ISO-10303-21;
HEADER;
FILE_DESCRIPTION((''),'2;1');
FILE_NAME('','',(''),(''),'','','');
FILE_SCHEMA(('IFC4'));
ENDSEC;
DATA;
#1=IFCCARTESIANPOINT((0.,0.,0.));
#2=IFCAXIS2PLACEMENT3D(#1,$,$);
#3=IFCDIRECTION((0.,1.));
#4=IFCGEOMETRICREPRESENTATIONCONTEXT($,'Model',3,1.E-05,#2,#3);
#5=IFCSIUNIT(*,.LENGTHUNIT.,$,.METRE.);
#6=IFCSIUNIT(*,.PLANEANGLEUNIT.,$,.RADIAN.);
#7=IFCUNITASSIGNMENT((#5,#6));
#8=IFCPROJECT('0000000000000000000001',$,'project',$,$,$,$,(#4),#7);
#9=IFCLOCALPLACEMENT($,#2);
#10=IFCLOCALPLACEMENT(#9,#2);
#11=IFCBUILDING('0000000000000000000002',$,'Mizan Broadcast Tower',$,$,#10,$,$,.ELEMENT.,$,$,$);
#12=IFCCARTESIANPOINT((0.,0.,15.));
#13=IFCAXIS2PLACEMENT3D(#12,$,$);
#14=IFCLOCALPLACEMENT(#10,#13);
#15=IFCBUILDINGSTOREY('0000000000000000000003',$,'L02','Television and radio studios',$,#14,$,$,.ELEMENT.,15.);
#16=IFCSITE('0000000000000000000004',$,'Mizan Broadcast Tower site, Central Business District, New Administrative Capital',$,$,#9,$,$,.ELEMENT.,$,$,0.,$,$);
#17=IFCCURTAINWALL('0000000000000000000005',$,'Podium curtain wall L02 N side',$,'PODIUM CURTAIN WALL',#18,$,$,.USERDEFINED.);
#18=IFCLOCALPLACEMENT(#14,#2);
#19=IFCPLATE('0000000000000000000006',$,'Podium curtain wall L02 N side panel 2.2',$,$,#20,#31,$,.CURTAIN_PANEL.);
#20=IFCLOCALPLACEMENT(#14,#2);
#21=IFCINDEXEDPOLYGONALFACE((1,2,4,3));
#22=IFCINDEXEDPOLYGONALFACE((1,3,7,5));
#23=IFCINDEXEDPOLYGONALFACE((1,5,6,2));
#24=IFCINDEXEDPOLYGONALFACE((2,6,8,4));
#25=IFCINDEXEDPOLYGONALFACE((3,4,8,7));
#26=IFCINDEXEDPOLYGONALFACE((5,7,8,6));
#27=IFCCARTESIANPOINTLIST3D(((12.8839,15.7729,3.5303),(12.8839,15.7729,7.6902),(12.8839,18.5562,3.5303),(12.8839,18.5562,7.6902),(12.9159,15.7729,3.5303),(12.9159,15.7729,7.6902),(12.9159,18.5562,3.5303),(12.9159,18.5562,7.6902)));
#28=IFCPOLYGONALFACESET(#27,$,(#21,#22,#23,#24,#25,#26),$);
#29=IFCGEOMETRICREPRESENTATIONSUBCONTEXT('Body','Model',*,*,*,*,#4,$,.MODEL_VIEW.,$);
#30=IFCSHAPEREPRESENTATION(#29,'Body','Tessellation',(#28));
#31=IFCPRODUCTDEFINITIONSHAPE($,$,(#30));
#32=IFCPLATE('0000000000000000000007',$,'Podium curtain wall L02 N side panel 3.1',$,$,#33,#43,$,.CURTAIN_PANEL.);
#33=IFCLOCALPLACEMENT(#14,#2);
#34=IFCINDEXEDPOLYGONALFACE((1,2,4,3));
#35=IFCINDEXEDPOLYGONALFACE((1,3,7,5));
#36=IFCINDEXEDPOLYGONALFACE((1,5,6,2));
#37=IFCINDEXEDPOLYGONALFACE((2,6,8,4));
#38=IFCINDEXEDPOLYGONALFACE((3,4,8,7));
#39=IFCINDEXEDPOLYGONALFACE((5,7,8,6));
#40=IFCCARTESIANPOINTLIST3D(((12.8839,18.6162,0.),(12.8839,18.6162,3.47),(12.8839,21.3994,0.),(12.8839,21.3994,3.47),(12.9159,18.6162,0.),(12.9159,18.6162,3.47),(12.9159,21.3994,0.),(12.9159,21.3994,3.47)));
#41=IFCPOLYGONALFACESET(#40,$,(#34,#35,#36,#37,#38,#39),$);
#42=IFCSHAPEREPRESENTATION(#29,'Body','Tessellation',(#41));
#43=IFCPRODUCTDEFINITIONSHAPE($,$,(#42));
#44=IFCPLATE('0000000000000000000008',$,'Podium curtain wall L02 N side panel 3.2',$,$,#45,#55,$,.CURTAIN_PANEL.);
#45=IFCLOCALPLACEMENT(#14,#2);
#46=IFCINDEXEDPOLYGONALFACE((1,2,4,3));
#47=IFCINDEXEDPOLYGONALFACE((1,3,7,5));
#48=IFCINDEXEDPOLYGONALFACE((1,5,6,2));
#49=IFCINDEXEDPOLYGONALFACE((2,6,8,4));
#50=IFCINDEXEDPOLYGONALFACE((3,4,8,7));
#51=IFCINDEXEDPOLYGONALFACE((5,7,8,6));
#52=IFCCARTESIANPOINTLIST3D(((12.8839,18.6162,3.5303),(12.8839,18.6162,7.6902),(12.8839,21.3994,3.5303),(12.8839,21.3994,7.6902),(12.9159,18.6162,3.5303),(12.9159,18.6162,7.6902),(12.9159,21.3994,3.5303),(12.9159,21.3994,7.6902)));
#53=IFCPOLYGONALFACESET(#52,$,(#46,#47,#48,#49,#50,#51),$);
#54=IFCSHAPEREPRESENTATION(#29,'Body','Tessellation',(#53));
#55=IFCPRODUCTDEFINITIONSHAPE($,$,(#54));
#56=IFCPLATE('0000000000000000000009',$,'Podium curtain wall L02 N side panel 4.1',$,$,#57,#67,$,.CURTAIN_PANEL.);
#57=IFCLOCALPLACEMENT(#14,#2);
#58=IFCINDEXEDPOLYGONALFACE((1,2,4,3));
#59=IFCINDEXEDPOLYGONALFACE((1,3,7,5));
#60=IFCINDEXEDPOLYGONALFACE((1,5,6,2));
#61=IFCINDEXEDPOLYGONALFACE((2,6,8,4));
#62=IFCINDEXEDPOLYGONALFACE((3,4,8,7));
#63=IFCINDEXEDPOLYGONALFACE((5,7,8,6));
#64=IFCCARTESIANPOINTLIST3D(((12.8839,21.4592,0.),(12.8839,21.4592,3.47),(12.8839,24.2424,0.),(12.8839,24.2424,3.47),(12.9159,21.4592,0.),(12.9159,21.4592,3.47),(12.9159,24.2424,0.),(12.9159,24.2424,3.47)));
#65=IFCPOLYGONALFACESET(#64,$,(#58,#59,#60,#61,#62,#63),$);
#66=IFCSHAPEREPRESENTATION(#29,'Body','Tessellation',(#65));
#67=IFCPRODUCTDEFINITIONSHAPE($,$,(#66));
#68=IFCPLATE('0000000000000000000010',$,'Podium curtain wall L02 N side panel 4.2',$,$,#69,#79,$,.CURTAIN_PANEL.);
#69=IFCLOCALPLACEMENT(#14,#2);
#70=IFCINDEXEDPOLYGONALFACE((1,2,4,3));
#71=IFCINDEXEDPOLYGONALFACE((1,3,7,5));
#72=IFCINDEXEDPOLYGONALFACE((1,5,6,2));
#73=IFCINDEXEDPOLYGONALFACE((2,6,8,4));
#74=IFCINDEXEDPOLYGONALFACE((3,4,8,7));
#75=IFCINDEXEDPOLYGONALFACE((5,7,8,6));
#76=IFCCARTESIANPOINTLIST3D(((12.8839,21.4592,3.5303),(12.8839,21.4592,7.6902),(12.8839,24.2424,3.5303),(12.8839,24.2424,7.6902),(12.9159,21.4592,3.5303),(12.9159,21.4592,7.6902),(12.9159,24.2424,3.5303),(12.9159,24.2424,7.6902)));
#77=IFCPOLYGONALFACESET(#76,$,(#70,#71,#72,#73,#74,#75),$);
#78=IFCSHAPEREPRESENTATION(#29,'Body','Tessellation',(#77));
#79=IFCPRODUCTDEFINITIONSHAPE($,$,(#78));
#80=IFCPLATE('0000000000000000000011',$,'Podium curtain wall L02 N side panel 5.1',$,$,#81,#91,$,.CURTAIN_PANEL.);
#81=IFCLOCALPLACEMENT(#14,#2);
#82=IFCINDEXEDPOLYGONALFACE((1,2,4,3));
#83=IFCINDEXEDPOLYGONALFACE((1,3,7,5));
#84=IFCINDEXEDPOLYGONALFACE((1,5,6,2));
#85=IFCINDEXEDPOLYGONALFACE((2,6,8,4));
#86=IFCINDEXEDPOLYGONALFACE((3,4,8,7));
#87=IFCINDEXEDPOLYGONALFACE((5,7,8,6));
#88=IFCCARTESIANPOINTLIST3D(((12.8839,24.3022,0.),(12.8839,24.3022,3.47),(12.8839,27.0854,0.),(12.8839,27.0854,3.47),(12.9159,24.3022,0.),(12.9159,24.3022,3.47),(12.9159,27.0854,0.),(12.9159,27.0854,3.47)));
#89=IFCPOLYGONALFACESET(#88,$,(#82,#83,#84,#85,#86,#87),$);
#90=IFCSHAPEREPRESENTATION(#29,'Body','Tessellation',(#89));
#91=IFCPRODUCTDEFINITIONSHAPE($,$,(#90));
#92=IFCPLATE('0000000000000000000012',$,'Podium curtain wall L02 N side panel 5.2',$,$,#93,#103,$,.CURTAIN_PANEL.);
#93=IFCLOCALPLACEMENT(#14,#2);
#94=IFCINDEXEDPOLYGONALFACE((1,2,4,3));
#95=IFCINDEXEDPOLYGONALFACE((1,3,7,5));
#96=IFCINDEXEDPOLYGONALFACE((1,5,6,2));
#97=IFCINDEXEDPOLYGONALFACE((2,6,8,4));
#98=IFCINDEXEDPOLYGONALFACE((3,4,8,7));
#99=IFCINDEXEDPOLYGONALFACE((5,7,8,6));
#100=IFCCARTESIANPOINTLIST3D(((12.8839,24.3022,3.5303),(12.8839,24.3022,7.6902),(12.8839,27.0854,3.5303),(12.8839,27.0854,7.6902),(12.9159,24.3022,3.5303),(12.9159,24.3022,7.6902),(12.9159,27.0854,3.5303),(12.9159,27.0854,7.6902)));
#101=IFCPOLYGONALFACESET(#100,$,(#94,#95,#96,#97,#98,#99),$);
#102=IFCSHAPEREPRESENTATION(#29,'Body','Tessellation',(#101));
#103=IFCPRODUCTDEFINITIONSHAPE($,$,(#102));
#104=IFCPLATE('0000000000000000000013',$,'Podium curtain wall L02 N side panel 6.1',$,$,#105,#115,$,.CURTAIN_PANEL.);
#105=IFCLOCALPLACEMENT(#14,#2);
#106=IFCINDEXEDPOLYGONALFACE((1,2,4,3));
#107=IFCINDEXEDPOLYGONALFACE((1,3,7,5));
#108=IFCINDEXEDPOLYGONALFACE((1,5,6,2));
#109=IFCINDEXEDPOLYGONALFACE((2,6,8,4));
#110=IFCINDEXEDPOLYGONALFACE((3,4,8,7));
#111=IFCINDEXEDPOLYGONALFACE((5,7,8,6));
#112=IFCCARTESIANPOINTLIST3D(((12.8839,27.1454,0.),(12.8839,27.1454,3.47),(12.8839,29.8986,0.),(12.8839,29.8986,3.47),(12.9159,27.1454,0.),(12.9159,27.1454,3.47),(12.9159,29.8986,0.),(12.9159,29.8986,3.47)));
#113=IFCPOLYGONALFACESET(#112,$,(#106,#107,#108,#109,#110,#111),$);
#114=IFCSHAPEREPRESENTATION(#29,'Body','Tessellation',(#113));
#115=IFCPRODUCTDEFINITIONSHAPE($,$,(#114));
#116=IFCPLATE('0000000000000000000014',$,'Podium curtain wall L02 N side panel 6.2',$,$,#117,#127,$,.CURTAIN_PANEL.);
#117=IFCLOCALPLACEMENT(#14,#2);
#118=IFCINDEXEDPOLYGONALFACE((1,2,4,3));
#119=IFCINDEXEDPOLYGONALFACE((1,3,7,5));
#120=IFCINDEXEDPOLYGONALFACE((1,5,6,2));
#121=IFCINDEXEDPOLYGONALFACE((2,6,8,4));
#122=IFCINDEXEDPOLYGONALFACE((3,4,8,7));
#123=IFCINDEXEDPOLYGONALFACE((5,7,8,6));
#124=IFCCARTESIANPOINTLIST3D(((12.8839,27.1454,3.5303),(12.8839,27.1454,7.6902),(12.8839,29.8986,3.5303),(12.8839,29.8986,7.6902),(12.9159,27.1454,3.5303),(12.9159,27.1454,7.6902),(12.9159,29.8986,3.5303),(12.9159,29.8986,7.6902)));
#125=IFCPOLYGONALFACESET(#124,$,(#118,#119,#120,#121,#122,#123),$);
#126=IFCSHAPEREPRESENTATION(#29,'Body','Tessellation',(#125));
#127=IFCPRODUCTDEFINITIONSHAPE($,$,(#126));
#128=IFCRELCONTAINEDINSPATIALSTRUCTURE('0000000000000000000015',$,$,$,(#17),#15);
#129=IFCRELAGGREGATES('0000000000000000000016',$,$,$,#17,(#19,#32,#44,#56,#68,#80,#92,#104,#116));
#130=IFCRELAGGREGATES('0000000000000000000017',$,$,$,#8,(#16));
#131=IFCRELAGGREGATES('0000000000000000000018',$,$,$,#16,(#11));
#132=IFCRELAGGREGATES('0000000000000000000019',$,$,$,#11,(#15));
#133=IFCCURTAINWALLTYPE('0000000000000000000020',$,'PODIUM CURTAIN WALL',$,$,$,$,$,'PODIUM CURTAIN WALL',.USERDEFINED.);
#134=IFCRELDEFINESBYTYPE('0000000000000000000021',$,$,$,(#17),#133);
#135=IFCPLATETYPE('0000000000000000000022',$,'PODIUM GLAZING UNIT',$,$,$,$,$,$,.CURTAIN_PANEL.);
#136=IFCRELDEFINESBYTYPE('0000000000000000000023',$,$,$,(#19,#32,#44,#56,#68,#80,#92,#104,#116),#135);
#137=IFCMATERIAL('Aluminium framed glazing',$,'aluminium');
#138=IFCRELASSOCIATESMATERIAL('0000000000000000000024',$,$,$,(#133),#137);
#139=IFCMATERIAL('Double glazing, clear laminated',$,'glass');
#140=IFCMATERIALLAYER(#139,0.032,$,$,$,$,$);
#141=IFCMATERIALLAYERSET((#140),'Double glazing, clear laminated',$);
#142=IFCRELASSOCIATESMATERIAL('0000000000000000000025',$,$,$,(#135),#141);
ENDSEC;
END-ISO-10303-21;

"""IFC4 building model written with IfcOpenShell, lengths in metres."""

from ifc_helpers import new_model, si_unit, direction, frame, origin, origin_2d, place, context, subcontext, project, spatial, rectangle, extrude, material, layer, layer_set, type_object, element, aggregate, save


model = new_model("IFC4")

# Units and contexts
model_context = context("Model", 3, precision=1e-05, world=origin(), true_north=direction((0.0, 1.0)))
body_context = subcontext(model_context, "Body", "Model", "MODEL_VIEW")
ifc_project = project(units=[si_unit("LENGTHUNIT", "METRE"), si_unit("PLANEANGLEUNIT", "RADIAN")], contexts=[model_context])

# Site, building, storey
site_placement = place(None, origin())
site = spatial("IfcSite", under=ifc_project, at=site_placement, Name="Mizan Broadcast Tower site, Central Business District, New Administrative Capital", CompositionType="ELEMENT", RefElevation=0.0)
building_placement = place(site_placement, origin())
building = spatial("IfcBuilding", under=site, at=building_placement, Name="Mizan Broadcast Tower", CompositionType="ELEMENT")
storey_placement = place(building_placement, frame((0.0, 0.0, 15.0)))
storey = spatial("IfcBuildingStorey", under=building, at=storey_placement, Name="L02", Description="Television and radio studios", CompositionType="ELEMENT", Elevation=15.0)

# Curtain wall
ifc_material_1 = material(Name="Aluminium framed glazing", Category="aluminium")
curtain_wall_type_1 = type_object("IfcCurtainWallType", Name="PODIUM CURTAIN WALL", ElementType="PODIUM CURTAIN WALL", PredefinedType="USERDEFINED", material=ifc_material_1)
curtain_wall_1_placement = place(storey_placement, origin())
curtain_wall_1 = element("IfcCurtainWall", 1, at=curtain_wall_1_placement, inside=storey, type_object=curtain_wall_type_1, Name="Podium curtain wall L02 N side", ObjectType="PODIUM CURTAIN WALL", PredefinedType="USERDEFINED")

# Plates
ifc_material_2 = material(Name="Double glazing, clear laminated", Category="glass")
ifc_layer_1 = layer(ifc_material_2, 0.032)
ifc_layer_set_1 = layer_set([ifc_layer_1], Name="Double glazing, clear laminated")
plate_type_1 = type_object("IfcPlateType", Name="PODIUM GLAZING UNIT", PredefinedType="CURTAIN_PANEL", material=ifc_layer_set_1)
plate_1_placement = place(storey_placement, frame((12.8999, 17.1646, 3.5303), z_axis=(0.0, 0.0, 1.0), x_axis=(0.0, 1.0, 0.0)))
plate_1 = element("IfcPlate", 2, at=plate_1_placement, type_object=plate_type_1, Name="Podium curtain wall L02 N side panel 2.2", PredefinedType="CURTAIN_PANEL", context=body_context, shape_type="SweptSolid", body=[
    extrude(rectangle(XDim=2.7832, YDim=0.032, at=origin_2d()), origin(), (0.0, 0.0, 1.0), 4.1599),
])
plate_2_placement = place(storey_placement, frame((12.8999, 20.0078, 0.0), z_axis=(0.0, 0.0, 1.0), x_axis=(0.0, 1.0, 0.0)))
plate_2 = element("IfcPlate", 3, at=plate_2_placement, type_object=plate_type_1, Name="Podium curtain wall L02 N side panel 3.1", PredefinedType="CURTAIN_PANEL", context=body_context, shape_type="SweptSolid", body=[
    extrude(rectangle(XDim=2.7832, YDim=0.032, at=origin_2d()), origin(), (0.0, 0.0, 1.0), 3.47),
])
plate_3_placement = place(storey_placement, frame((12.8999, 20.0078, 3.5303), z_axis=(0.0, 0.0, 1.0), x_axis=(0.0, 1.0, 0.0)))
plate_3 = element("IfcPlate", 4, at=plate_3_placement, type_object=plate_type_1, Name="Podium curtain wall L02 N side panel 3.2", PredefinedType="CURTAIN_PANEL", context=body_context, shape_type="SweptSolid", body=[
    extrude(rectangle(XDim=2.7832, YDim=0.032, at=origin_2d()), origin(), (0.0, 0.0, 1.0), 4.1599),
])
plate_4_placement = place(storey_placement, frame((12.8999, 22.8508, 0.0), z_axis=(0.0, 0.0, 1.0), x_axis=(0.0, 1.0, 0.0)))
plate_4 = element("IfcPlate", 5, at=plate_4_placement, type_object=plate_type_1, Name="Podium curtain wall L02 N side panel 4.1", PredefinedType="CURTAIN_PANEL", context=body_context, shape_type="SweptSolid", body=[
    extrude(rectangle(XDim=2.7832, YDim=0.032, at=origin_2d()), origin(), (0.0, 0.0, 1.0), 3.47),
])
plate_5_placement = place(storey_placement, frame((12.8999, 22.8508, 3.5303), z_axis=(0.0, 0.0, 1.0), x_axis=(0.0, 1.0, 0.0)))
plate_5 = element("IfcPlate", 6, at=plate_5_placement, type_object=plate_type_1, Name="Podium curtain wall L02 N side panel 4.2", PredefinedType="CURTAIN_PANEL", context=body_context, shape_type="SweptSolid", body=[
    extrude(rectangle(XDim=2.7832, YDim=0.032, at=origin_2d()), origin(), (0.0, 0.0, 1.0), 4.1599),
])
plate_6_placement = place(storey_placement, frame((12.8999, 25.6938, 0.0), z_axis=(0.0, 0.0, 1.0), x_axis=(0.0, 1.0, 0.0)))
plate_6 = element("IfcPlate", 7, at=plate_6_placement, type_object=plate_type_1, Name="Podium curtain wall L02 N side panel 5.1", PredefinedType="CURTAIN_PANEL", context=body_context, shape_type="SweptSolid", body=[
    extrude(rectangle(XDim=2.7832, YDim=0.032, at=origin_2d()), origin(), (0.0, 0.0, 1.0), 3.47),
])
plate_7_placement = place(storey_placement, frame((12.8999, 25.6938, 3.5303), z_axis=(0.0, 0.0, 1.0), x_axis=(0.0, 1.0, 0.0)))
plate_7 = element("IfcPlate", 8, at=plate_7_placement, type_object=plate_type_1, Name="Podium curtain wall L02 N side panel 5.2", PredefinedType="CURTAIN_PANEL", context=body_context, shape_type="SweptSolid", body=[
    extrude(rectangle(XDim=2.7832, YDim=0.032, at=origin_2d()), origin(), (0.0, 0.0, 1.0), 4.1599),
])
plate_8_placement = place(storey_placement, frame((12.8999, 28.522, 0.0), z_axis=(0.0, 0.0, 1.0), x_axis=(0.0, 1.0, 0.0)))
plate_8 = element("IfcPlate", 9, at=plate_8_placement, type_object=plate_type_1, Name="Podium curtain wall L02 N side panel 6.1", PredefinedType="CURTAIN_PANEL", context=body_context, shape_type="SweptSolid", body=[
    extrude(rectangle(XDim=2.7532, YDim=0.032, at=origin_2d()), origin(), (0.0, 0.0, 1.0), 3.47),
])
plate_9_placement = place(storey_placement, frame((12.8999, 28.522, 3.5303), z_axis=(0.0, 0.0, 1.0), x_axis=(0.0, 1.0, 0.0)))
plate_9 = element("IfcPlate", 10, at=plate_9_placement, type_object=plate_type_1, Name="Podium curtain wall L02 N side panel 6.2", PredefinedType="CURTAIN_PANEL", context=body_context, shape_type="SweptSolid", body=[
    extrude(rectangle(XDim=2.7532, YDim=0.032, at=origin_2d()), origin(), (0.0, 0.0, 1.0), 4.1599),
])
aggregate(curtain_wall_1, [plate_1, plate_2, plate_3, plate_4, plate_5, plate_6, plate_7, plate_8, plate_9])

save(model, "model.ifc")
